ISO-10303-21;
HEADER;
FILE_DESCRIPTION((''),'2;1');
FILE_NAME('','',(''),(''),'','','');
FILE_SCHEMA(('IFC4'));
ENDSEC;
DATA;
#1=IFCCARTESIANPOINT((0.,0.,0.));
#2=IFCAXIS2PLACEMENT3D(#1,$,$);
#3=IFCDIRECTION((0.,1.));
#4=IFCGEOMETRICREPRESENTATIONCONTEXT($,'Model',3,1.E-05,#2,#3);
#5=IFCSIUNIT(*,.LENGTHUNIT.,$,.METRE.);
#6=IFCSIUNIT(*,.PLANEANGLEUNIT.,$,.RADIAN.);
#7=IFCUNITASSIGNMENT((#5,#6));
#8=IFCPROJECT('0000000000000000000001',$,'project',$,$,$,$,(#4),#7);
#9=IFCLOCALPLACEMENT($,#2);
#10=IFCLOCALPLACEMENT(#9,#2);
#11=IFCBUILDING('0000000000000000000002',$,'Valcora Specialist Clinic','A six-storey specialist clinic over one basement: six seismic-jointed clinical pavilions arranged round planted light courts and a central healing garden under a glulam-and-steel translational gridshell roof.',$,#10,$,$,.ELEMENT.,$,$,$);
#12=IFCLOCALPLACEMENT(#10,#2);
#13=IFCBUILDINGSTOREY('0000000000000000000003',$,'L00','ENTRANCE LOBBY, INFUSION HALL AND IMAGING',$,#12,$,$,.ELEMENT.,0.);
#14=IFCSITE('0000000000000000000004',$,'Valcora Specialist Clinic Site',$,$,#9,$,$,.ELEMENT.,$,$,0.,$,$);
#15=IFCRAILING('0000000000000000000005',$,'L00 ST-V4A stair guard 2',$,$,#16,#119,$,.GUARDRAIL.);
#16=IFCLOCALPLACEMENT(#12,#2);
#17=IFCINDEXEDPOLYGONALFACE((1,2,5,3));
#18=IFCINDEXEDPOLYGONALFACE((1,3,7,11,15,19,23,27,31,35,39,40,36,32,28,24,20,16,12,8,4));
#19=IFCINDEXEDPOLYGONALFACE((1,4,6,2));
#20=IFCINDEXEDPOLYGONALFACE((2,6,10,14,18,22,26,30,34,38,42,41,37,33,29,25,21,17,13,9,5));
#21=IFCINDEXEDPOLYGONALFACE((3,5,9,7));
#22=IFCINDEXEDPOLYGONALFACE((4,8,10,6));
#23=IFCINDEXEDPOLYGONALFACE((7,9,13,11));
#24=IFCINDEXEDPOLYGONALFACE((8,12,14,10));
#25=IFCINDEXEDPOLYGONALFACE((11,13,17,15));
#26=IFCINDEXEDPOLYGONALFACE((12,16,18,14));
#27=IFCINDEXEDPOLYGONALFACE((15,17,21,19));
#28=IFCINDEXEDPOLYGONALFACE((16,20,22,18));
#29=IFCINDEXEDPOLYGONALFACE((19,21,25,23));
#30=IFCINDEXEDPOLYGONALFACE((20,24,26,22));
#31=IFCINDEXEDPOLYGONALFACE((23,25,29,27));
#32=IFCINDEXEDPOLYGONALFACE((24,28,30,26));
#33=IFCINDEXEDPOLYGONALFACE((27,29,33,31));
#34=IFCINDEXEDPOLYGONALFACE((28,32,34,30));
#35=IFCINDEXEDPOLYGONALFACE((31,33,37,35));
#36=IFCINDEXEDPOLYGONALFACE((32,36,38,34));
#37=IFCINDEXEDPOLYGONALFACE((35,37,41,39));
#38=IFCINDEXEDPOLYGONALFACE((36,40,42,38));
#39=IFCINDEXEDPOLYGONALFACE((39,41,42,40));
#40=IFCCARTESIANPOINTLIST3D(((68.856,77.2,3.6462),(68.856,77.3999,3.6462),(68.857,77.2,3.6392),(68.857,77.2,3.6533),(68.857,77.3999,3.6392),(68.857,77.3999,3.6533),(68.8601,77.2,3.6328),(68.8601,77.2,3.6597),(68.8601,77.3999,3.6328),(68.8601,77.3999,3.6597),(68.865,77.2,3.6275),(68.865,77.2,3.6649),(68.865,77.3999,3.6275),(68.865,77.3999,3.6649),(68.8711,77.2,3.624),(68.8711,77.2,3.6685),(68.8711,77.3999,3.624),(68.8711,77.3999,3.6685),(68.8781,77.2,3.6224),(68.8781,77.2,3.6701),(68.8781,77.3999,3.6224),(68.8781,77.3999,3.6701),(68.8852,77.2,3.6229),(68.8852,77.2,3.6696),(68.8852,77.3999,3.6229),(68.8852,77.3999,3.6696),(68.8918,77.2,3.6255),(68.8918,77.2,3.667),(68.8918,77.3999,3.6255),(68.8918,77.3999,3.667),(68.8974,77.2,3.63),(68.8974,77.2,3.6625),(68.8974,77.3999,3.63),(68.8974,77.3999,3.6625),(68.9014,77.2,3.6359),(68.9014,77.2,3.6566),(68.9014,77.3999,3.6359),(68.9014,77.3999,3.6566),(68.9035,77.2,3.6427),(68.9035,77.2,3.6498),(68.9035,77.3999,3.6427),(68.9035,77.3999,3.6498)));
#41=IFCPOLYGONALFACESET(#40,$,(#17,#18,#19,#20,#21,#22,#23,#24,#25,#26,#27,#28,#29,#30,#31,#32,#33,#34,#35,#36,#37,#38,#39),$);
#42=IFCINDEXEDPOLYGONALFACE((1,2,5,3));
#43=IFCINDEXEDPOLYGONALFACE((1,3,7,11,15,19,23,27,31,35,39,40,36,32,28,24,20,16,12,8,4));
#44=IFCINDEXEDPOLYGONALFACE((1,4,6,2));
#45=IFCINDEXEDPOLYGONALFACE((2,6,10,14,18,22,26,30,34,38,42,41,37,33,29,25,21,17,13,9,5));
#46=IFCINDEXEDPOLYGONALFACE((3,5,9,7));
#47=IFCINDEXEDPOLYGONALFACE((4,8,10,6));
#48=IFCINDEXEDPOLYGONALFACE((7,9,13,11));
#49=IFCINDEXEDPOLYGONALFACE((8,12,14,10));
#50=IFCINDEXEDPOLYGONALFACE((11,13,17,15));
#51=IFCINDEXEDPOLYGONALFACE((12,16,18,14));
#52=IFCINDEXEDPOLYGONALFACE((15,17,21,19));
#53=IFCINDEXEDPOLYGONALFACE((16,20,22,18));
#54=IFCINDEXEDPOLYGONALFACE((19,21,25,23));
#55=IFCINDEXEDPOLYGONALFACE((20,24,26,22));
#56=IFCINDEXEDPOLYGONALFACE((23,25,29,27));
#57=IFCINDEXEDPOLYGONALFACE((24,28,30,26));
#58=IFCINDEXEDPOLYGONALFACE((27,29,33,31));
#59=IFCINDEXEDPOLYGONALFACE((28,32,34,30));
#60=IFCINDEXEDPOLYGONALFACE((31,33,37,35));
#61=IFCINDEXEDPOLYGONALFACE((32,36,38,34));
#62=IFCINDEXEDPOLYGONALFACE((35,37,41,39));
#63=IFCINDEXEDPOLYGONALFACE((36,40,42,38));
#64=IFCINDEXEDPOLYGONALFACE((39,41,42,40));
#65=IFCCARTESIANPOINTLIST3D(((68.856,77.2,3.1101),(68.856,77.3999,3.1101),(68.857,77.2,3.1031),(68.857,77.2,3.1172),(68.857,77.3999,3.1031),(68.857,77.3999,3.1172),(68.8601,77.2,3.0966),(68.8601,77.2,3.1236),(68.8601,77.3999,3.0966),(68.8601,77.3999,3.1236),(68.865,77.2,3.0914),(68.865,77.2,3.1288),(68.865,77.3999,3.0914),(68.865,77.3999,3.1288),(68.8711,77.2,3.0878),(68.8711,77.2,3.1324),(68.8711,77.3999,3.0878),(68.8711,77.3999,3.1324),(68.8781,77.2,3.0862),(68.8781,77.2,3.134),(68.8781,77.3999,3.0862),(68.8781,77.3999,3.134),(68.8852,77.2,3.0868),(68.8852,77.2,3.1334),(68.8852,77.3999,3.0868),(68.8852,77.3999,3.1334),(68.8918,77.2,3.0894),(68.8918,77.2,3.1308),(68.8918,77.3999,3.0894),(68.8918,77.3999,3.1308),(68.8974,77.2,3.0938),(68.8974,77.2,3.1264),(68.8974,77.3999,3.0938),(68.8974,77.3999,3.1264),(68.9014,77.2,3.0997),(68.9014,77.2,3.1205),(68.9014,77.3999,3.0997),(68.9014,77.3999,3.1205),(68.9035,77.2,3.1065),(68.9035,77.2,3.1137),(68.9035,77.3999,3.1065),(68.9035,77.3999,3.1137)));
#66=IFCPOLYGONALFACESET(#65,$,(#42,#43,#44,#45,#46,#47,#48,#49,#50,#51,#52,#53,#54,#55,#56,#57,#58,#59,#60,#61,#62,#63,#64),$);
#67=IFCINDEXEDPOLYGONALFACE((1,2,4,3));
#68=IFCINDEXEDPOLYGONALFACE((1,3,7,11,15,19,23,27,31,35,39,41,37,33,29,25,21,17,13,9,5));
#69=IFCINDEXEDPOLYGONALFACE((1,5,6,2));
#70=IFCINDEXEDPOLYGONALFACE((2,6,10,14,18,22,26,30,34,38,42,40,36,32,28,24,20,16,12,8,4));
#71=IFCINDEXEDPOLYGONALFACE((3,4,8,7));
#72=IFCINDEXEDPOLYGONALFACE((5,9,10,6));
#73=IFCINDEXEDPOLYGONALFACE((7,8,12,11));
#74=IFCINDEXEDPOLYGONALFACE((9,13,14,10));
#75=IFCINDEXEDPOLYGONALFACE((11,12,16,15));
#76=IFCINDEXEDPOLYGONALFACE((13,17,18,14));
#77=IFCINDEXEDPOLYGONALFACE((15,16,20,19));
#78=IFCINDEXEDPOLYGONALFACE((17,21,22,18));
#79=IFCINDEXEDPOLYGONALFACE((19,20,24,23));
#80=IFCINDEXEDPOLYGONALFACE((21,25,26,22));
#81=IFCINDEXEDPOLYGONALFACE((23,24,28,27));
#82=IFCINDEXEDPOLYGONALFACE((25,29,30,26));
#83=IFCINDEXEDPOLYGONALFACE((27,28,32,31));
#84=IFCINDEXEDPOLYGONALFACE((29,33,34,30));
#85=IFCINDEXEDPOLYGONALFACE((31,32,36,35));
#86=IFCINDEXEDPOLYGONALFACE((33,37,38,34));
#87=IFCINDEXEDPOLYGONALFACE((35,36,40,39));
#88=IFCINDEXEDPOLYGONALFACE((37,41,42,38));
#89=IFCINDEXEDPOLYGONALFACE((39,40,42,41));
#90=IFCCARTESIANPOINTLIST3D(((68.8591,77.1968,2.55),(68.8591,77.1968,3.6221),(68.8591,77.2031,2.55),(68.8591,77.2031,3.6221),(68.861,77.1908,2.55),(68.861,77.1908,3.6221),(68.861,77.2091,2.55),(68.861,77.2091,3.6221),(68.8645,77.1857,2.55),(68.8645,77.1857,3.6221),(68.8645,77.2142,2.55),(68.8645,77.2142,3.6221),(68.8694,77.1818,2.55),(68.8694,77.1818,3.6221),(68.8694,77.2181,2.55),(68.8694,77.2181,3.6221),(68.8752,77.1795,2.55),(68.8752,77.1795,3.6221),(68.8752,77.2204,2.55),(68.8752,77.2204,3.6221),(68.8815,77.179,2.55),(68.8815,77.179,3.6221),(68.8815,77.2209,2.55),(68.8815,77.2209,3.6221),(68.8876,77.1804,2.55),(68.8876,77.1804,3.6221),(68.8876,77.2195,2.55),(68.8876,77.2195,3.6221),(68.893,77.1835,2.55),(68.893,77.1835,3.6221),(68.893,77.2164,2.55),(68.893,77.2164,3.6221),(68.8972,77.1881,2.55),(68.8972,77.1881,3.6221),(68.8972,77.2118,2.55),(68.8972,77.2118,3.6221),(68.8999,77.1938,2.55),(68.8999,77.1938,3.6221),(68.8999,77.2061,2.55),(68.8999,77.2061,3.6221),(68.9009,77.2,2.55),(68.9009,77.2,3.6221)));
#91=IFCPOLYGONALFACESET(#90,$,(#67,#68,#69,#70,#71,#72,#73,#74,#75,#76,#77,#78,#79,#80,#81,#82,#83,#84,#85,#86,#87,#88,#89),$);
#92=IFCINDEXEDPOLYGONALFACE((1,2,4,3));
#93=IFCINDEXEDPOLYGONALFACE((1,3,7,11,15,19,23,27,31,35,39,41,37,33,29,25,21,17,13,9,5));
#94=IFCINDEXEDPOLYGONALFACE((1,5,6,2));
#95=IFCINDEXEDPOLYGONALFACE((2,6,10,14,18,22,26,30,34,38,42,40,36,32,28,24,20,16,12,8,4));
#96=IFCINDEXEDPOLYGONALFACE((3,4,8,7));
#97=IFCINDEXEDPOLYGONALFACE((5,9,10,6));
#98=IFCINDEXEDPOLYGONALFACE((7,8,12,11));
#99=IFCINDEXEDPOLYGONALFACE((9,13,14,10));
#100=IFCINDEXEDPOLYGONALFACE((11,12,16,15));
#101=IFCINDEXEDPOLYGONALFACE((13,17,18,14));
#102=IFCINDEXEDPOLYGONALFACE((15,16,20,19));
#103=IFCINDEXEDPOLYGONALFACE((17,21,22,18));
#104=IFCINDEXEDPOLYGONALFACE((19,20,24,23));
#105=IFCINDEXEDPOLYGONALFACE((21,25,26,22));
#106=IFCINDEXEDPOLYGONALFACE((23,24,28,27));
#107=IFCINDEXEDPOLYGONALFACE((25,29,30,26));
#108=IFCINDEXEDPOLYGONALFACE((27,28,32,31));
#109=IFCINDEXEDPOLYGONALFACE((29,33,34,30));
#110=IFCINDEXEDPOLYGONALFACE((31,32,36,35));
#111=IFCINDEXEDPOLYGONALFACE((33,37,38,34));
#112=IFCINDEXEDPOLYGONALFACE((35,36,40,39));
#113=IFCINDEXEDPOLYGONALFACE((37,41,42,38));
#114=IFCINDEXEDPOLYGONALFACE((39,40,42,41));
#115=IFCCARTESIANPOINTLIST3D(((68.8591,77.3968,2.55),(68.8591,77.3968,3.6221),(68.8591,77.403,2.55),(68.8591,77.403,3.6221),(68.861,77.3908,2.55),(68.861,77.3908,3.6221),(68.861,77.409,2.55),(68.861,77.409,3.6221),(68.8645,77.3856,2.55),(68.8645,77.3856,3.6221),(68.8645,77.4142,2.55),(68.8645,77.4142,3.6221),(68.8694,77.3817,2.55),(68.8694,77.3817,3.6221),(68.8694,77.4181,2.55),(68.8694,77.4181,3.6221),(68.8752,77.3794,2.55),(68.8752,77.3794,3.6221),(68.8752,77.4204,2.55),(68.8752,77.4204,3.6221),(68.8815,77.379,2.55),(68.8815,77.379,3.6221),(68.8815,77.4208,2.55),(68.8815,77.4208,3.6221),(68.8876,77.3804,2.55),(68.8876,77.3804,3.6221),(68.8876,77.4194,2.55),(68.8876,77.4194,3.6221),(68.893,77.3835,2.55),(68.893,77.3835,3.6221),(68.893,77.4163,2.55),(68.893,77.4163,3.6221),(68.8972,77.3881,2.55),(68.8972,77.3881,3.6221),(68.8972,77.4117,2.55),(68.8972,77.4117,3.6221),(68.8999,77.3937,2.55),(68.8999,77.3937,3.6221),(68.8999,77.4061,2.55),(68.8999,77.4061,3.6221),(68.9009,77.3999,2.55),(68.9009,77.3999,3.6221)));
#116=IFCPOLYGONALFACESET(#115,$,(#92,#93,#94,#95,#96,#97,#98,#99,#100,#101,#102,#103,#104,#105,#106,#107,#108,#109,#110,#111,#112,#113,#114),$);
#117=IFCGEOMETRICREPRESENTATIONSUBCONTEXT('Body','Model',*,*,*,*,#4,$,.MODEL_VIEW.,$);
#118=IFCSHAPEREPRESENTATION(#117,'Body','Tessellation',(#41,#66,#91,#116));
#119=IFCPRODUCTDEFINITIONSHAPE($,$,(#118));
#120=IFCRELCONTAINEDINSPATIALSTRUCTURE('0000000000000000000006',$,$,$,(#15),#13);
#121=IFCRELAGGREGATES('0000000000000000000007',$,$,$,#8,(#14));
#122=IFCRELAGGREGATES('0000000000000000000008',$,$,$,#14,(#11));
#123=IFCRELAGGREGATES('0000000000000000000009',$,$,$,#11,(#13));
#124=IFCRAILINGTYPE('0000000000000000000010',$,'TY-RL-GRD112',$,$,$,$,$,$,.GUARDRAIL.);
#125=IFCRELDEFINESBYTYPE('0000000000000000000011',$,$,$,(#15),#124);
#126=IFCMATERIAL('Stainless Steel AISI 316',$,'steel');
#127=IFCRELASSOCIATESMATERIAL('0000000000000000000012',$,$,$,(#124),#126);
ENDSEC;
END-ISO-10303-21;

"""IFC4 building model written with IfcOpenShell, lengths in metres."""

from ifc_helpers import new_model, si_unit, direction, frame, origin, origin_2d, place, context, subcontext, project, spatial, circle, extrude, material, type_object, element, save


model = new_model("IFC4")

# Units and contexts
model_context = context("Model", 3, precision=1e-05, world=origin(), true_north=direction((0.0, 1.0)))
body_context = subcontext(model_context, "Body", "Model", "MODEL_VIEW")
ifc_project = project(units=[si_unit("LENGTHUNIT", "METRE"), si_unit("PLANEANGLEUNIT", "RADIAN")], contexts=[model_context])

# Site, building, storey
site_placement = place(None, origin())
site = spatial("IfcSite", under=ifc_project, at=site_placement, Name="Valcora Specialist Clinic Site", CompositionType="ELEMENT", RefElevation=0.0)
building_placement = place(site_placement, origin())
building = spatial("IfcBuilding", under=site, at=building_placement, Name="Valcora Specialist Clinic", Description="A six-storey specialist clinic over one basement: six seismic-jointed clinical pavilions arranged round planted light courts and a central healing garden under a glulam-and-steel translational gridshell roof.", CompositionType="ELEMENT")
storey_placement = place(building_placement, origin())
storey = spatial("IfcBuildingStorey", under=building, at=storey_placement, Name="L00", Description="ENTRANCE LOBBY, INFUSION HALL AND IMAGING", CompositionType="ELEMENT", Elevation=0.0)

# Shared definitions
ifc_material_1 = material(Name="Stainless Steel AISI 316", Category="steel")

# Railing
railing_type_1 = type_object("IfcRailingType", Name="TY-RL-GRD112", PredefinedType="GUARDRAIL", material=ifc_material_1)
railing_1_placement = place(storey_placement, frame((68.8799, 77.2, 2.55)))
element("IfcRailing", 1, at=railing_1_placement, inside=storey, type_object=railing_type_1, Name="L00 ST-V4A stair guard 2", PredefinedType="GUARDRAIL", context=body_context, shape_type="SweptSolid", body=[
    extrude(circle(Radius=0.0239, at=origin_2d()), frame((0.0, 0.0, 1.0962), z_axis=(0.0, 1.0, 0.0), x_axis=(-1.0, 0.0, 0.0)), (0.0, 0.0, 1.0), 0.2),
    extrude(circle(Radius=0.0239, at=origin_2d()), frame((0.0, 0.0, 0.5601), z_axis=(0.0, 1.0, 0.0), x_axis=(-1.0, 0.0, 0.0)), (0.0, 0.0, 1.0), 0.2),
    extrude(circle(Radius=0.021, at=origin_2d()), origin(), (0.0, 0.0, 1.0), 1.072),
    extrude(circle(Radius=0.021, at=origin_2d()), frame((0.0, 0.2, 0.0)), (0.0, 0.0, 1.0), 1.072),
])

save(model, "model.ifc")
